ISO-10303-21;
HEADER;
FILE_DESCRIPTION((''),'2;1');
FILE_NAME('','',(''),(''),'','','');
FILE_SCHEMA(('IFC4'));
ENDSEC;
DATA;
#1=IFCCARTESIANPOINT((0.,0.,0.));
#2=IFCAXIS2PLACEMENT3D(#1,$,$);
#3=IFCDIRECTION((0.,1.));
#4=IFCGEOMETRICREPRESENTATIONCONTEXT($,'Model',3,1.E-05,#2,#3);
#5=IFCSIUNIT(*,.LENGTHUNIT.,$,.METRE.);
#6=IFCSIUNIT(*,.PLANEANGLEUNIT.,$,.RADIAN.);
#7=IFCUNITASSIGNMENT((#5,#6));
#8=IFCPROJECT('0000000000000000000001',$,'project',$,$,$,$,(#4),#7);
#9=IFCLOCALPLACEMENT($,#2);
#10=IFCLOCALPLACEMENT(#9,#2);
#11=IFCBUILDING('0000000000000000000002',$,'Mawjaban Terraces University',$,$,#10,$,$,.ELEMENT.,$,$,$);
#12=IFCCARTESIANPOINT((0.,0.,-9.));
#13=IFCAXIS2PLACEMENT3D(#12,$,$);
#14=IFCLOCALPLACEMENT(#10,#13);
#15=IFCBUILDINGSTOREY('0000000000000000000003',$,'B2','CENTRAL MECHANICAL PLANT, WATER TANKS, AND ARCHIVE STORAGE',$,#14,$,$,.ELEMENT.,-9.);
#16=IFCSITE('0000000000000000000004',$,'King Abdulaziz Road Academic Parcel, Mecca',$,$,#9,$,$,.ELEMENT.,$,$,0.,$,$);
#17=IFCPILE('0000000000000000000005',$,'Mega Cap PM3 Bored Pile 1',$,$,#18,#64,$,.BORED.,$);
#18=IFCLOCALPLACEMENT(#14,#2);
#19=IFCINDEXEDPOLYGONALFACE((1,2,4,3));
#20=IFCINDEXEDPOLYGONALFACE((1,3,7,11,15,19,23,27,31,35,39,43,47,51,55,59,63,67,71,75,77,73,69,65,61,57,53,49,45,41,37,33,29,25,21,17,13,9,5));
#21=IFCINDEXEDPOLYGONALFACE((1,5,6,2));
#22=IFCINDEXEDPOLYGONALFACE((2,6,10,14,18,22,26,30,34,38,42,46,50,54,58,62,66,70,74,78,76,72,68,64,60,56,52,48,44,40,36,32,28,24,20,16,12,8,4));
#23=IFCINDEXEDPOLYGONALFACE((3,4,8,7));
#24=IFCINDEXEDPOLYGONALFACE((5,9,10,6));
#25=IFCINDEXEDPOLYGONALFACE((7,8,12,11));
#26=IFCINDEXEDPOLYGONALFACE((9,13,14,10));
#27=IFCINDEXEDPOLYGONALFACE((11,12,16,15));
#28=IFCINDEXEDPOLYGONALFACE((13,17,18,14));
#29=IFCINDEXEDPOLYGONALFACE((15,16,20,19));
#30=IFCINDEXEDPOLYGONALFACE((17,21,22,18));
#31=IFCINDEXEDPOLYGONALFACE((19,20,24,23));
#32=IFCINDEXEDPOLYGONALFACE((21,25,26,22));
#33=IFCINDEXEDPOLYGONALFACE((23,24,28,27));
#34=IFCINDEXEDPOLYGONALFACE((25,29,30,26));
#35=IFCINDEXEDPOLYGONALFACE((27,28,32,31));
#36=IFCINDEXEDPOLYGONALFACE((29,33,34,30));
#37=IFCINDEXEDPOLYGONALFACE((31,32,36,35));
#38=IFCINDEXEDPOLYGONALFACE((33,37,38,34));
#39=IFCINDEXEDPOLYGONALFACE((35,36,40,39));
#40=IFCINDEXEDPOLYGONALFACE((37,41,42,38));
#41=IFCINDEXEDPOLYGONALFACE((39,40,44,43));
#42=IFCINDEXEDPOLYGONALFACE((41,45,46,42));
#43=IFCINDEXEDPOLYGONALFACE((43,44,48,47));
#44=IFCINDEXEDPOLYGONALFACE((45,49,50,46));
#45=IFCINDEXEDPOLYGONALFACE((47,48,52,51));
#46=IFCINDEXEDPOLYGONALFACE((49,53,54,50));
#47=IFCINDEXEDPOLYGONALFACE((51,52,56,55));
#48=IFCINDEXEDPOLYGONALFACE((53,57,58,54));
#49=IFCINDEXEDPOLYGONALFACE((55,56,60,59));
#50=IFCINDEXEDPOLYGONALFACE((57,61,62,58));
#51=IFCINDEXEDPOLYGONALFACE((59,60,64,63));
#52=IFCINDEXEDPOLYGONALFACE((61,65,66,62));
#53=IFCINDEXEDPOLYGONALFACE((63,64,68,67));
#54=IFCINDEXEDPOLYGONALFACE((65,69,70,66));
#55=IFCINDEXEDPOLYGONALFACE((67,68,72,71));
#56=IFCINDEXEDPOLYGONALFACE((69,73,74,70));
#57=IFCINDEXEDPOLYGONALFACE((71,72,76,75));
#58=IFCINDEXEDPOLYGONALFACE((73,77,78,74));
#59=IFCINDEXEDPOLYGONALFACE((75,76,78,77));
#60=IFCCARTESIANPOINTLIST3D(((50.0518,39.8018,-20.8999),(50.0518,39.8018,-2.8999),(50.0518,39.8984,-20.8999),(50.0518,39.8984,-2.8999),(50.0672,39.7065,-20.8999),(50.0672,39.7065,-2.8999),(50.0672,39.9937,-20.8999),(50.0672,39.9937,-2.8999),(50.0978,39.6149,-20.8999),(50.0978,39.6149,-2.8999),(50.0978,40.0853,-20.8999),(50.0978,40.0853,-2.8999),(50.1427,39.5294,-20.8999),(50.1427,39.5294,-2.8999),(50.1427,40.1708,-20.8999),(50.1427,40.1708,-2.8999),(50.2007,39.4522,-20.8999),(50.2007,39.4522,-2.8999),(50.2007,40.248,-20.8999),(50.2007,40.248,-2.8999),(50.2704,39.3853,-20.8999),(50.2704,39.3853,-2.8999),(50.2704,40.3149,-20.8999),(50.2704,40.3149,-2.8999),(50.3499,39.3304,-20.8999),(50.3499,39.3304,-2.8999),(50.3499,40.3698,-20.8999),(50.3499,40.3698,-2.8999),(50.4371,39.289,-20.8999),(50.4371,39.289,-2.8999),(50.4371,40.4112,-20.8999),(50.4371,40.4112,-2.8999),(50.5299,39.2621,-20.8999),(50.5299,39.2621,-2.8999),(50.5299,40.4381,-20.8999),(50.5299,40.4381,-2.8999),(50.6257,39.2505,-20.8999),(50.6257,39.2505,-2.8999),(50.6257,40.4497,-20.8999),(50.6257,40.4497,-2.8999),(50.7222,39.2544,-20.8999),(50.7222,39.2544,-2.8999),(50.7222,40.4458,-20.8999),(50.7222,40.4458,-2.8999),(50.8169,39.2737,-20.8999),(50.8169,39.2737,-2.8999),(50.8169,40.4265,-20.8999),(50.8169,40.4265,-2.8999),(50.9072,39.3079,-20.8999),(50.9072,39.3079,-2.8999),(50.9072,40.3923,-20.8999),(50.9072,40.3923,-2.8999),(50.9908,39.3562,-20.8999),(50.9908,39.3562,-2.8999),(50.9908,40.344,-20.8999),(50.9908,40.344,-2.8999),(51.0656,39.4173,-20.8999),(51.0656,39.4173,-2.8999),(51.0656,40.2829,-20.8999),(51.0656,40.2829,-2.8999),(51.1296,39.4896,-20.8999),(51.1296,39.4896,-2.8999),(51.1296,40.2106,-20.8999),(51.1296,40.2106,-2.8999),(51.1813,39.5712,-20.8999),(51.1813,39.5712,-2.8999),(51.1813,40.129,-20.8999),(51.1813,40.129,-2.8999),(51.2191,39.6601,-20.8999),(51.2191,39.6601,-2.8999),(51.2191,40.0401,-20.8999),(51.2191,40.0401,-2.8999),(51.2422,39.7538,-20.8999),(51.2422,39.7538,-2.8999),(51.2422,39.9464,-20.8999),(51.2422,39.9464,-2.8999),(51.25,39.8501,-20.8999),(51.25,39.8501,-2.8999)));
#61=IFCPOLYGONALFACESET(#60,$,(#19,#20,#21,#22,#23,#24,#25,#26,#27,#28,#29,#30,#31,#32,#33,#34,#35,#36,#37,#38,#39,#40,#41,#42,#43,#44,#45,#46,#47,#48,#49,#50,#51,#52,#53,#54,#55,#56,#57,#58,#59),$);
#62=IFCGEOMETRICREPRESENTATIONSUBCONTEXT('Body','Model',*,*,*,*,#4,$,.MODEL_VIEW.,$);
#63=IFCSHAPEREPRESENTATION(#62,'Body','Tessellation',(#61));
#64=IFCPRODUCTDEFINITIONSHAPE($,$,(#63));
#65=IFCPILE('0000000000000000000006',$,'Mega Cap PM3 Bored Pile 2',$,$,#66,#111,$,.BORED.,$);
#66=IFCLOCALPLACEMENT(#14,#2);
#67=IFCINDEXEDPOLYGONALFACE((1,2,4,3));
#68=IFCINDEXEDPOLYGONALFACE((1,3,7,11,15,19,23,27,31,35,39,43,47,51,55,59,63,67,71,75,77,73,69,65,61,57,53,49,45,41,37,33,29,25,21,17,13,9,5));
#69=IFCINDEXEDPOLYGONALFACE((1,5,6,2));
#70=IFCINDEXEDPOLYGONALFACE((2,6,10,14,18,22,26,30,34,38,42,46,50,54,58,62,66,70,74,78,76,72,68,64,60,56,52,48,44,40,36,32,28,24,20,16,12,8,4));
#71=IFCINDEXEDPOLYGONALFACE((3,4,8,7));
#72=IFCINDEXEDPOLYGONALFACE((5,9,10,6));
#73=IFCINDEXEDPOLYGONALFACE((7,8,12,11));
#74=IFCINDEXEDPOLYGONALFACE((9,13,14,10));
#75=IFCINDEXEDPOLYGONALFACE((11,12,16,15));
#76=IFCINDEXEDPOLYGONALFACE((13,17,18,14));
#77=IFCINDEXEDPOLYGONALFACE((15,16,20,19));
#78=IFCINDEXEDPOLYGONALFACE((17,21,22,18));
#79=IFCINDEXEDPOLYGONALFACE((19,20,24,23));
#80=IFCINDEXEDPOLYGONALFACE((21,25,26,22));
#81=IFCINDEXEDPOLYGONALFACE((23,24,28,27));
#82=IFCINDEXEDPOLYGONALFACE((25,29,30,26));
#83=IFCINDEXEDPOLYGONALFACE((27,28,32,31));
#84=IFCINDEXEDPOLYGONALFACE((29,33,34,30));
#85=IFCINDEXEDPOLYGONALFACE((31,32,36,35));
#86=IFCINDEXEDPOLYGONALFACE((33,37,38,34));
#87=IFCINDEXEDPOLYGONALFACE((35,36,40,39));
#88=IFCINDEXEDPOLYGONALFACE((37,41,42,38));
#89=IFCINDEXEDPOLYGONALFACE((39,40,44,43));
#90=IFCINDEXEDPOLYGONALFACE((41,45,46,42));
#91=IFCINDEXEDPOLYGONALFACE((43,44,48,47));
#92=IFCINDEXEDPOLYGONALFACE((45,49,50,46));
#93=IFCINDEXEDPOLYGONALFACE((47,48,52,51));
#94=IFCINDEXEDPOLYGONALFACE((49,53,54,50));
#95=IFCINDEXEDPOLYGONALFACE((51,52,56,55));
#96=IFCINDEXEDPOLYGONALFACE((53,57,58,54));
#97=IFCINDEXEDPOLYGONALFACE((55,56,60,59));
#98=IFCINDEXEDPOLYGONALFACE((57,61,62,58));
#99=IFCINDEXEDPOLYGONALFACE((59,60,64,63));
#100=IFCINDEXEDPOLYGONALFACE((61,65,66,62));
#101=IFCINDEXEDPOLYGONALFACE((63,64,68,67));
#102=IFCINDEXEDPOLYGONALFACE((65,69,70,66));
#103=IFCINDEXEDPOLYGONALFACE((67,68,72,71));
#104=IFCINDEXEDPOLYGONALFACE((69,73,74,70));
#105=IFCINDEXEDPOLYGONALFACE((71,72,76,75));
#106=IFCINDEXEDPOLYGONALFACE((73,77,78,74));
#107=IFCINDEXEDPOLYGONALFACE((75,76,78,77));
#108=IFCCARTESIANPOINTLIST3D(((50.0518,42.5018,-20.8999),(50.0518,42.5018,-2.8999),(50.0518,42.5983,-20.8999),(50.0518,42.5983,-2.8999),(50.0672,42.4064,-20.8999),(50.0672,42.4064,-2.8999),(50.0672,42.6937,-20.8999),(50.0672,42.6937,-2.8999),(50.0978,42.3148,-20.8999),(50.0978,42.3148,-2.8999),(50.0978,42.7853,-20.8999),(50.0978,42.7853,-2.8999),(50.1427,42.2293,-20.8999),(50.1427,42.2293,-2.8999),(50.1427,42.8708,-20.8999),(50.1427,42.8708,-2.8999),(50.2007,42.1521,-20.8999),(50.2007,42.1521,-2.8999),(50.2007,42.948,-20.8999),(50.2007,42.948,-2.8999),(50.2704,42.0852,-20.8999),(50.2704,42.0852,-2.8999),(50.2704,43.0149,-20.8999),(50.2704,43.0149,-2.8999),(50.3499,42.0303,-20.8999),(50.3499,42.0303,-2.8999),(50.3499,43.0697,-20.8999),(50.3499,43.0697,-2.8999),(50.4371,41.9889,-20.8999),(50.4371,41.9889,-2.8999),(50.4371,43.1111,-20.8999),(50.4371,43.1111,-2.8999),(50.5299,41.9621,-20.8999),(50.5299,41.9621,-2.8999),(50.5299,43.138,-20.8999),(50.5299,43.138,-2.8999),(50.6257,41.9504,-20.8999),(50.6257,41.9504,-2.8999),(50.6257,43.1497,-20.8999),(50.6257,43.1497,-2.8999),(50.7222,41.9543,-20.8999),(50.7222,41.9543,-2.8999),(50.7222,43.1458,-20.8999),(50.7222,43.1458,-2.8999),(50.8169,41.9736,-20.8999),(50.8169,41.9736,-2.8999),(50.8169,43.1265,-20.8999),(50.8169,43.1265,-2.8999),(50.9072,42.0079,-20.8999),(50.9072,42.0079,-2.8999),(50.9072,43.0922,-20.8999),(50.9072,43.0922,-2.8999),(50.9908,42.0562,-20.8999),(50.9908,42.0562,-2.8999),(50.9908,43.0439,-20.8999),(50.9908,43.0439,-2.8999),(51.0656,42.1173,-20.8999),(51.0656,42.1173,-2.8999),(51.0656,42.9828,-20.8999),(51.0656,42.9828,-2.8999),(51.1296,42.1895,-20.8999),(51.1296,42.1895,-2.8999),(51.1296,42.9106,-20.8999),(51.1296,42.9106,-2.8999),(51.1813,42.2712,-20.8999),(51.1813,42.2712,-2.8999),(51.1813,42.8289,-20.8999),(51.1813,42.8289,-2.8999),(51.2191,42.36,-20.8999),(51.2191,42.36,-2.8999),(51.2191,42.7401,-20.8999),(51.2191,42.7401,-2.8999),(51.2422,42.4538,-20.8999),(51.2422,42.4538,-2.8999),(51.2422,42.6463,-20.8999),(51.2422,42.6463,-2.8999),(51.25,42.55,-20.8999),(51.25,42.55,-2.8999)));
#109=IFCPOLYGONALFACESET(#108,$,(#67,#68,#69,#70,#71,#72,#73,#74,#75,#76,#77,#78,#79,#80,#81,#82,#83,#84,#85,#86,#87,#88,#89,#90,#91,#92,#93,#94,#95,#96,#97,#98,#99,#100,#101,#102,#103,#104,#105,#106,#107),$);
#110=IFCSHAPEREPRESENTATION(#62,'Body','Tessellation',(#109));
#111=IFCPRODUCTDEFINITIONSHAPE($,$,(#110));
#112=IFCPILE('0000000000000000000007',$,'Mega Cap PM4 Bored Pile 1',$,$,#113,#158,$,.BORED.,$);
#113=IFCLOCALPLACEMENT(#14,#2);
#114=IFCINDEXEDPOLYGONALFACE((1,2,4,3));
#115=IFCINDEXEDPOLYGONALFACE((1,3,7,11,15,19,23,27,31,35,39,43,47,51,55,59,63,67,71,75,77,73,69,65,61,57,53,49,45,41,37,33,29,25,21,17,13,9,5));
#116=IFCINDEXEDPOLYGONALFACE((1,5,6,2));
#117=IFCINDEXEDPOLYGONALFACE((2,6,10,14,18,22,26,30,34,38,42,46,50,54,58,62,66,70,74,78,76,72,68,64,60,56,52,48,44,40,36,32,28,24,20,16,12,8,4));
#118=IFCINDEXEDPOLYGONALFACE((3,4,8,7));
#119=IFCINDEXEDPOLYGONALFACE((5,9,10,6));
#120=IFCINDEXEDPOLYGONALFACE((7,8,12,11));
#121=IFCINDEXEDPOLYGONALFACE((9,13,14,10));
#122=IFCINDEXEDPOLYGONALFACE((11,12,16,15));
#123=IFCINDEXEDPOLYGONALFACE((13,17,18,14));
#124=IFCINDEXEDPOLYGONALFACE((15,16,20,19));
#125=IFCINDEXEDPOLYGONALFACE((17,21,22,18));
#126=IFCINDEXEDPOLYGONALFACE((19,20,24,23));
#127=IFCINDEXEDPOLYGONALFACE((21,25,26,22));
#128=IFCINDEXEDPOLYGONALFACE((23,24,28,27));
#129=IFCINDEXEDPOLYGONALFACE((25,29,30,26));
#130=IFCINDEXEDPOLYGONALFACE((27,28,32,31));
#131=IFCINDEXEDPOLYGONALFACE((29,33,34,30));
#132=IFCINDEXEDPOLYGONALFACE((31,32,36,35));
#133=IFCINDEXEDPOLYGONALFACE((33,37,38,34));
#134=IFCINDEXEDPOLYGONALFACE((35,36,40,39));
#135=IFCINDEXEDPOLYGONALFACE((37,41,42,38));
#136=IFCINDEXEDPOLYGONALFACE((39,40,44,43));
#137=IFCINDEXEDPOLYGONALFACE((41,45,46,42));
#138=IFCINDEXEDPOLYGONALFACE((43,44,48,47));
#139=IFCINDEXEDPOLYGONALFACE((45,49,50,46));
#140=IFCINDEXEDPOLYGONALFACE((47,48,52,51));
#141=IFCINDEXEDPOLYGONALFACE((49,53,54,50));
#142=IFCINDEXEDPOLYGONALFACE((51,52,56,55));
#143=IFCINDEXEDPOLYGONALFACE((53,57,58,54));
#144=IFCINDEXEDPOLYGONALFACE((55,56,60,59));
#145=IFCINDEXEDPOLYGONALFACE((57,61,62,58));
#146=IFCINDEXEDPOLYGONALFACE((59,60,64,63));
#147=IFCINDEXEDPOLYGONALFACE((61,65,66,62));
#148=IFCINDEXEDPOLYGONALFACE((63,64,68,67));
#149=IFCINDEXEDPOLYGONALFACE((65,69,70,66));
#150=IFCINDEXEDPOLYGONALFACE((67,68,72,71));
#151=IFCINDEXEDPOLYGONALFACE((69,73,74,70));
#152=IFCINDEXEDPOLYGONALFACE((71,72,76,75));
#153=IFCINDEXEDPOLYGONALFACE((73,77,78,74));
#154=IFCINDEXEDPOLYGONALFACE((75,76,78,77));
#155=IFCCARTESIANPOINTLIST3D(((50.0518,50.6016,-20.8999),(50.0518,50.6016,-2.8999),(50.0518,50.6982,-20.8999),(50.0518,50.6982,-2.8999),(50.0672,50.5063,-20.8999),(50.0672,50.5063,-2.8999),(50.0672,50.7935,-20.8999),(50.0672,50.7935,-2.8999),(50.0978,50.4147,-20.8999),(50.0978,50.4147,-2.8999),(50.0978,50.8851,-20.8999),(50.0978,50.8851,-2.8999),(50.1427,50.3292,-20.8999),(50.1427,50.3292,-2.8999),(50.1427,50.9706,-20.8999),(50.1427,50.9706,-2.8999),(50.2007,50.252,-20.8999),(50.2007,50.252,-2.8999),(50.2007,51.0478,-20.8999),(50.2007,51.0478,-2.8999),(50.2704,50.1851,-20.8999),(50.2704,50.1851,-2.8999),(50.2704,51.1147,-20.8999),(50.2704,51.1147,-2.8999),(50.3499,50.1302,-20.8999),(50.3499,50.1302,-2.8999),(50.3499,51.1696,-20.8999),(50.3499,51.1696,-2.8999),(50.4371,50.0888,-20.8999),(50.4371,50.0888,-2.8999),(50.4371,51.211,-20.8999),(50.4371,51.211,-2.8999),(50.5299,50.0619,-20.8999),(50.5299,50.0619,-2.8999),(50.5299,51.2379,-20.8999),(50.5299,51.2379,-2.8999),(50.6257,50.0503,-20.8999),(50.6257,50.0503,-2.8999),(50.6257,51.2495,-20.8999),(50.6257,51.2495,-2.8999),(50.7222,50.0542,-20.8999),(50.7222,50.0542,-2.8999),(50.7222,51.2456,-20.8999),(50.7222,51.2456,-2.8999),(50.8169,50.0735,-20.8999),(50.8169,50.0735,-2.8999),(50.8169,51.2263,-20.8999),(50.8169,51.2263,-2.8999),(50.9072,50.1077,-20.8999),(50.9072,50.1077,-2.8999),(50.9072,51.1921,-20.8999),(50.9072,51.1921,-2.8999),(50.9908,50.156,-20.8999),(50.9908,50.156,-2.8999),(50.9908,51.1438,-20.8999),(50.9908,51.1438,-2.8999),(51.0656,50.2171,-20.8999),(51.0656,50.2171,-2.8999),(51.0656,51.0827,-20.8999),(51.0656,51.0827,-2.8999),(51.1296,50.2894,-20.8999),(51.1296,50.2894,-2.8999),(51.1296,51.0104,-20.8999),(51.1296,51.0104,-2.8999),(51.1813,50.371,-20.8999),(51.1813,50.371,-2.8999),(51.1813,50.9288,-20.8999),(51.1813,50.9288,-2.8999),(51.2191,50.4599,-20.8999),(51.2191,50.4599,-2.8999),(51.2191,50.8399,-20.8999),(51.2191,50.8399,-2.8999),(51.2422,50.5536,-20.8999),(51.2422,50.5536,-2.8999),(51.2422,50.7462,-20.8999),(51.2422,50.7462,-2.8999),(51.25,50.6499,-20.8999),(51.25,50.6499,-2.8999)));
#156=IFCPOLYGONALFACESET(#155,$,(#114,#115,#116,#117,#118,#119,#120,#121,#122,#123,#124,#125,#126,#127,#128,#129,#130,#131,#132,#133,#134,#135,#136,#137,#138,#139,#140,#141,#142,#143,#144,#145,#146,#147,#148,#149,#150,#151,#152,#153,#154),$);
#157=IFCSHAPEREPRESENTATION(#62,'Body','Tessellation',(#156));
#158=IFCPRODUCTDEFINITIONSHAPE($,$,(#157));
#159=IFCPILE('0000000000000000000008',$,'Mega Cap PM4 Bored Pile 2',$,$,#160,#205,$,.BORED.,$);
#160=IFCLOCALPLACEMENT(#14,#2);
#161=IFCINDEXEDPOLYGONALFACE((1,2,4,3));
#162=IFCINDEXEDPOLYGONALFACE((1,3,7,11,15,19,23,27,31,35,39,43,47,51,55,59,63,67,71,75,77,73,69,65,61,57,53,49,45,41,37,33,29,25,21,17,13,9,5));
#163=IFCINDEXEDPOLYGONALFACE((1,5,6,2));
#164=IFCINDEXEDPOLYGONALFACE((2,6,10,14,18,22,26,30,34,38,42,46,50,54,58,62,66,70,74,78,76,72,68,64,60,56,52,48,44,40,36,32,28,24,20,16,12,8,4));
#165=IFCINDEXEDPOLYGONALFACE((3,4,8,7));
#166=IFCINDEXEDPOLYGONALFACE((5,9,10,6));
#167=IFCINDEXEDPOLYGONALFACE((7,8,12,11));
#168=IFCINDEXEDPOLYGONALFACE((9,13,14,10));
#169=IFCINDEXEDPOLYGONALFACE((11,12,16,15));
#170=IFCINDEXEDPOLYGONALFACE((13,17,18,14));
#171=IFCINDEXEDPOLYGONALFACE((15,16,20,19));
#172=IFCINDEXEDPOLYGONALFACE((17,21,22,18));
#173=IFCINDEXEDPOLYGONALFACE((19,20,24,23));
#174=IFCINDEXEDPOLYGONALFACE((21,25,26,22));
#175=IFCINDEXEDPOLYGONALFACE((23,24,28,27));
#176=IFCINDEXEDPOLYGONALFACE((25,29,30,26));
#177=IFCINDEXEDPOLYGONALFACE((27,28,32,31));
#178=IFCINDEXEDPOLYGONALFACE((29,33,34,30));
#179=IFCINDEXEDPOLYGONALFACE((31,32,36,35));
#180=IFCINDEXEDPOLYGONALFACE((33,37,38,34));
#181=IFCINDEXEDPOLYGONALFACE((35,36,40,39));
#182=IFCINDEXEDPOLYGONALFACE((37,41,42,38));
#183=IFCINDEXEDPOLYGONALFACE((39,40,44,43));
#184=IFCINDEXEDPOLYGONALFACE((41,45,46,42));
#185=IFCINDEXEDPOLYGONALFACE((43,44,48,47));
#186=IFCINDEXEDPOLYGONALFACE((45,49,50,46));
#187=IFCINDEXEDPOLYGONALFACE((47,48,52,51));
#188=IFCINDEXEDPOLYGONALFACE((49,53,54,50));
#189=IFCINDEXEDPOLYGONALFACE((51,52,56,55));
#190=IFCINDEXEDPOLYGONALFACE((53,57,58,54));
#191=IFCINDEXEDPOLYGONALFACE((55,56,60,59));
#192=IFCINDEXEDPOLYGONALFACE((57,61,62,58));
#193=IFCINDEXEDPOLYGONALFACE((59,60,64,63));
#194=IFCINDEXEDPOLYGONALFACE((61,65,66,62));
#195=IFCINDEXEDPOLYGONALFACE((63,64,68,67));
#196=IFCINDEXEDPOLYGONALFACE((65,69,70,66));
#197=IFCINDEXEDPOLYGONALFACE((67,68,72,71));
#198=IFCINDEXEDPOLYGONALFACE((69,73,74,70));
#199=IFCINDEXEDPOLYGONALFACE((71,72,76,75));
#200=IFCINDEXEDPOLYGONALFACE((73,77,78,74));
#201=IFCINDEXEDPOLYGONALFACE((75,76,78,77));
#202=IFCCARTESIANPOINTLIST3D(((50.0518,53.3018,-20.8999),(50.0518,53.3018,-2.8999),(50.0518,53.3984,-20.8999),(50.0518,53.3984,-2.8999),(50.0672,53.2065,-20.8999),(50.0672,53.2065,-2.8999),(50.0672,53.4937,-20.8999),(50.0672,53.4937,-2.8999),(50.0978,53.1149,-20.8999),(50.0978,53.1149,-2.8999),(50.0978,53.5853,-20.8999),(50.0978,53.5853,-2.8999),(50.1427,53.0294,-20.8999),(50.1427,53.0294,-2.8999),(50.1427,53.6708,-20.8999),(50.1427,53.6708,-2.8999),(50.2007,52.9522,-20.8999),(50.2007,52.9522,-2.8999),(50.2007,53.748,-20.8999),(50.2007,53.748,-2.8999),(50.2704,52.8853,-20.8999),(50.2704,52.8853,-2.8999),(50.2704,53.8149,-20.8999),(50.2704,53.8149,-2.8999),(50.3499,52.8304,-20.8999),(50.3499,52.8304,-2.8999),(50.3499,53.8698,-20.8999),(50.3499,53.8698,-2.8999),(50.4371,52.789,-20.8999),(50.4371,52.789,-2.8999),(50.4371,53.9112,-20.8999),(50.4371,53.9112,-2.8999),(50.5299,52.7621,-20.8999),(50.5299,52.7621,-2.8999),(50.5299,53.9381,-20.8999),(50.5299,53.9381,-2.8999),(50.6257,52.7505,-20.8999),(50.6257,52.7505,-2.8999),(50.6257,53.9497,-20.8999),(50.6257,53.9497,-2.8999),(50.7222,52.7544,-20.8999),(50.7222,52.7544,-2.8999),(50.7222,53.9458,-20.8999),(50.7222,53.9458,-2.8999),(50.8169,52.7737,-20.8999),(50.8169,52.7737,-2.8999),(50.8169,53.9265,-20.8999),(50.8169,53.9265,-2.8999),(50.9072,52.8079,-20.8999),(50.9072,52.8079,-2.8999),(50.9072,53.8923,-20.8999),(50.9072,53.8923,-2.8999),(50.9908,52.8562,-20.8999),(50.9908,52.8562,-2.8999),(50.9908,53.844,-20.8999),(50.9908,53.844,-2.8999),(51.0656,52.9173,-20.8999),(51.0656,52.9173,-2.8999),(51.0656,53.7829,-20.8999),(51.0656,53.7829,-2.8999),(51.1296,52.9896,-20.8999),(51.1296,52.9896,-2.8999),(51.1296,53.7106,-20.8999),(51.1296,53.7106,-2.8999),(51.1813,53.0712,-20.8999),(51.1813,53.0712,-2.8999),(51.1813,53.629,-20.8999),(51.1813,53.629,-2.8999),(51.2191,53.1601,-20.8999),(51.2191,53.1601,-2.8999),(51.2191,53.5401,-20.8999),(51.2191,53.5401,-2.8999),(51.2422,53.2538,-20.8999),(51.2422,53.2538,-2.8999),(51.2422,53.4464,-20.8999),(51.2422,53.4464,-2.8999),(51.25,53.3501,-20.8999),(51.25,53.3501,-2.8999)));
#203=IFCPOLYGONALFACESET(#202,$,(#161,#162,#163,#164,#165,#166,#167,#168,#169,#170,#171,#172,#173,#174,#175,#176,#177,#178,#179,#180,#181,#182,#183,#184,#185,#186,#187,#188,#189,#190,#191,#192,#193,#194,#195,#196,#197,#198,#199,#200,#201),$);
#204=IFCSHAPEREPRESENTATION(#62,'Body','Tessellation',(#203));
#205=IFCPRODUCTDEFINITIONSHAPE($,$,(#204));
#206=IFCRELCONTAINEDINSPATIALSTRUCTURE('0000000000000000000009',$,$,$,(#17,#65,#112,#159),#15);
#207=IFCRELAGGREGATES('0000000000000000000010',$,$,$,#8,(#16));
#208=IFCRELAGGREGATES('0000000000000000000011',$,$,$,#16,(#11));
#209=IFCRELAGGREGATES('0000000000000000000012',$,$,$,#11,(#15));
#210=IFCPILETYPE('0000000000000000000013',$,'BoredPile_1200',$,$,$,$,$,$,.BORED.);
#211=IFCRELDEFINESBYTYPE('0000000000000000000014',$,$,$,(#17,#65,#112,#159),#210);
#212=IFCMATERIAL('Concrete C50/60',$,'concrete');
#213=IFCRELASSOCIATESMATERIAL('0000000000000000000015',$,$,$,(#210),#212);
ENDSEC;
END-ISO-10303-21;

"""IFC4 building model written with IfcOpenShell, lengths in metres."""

from ifc_helpers import new_model, si_unit, direction, frame, origin, origin_2d, place, context, subcontext, project, spatial, circle, extrude, material, material_profile, profile_set, type_object, element, save


model = new_model("IFC4")

# Units and contexts
model_context = context("Model", 3, precision=1e-05, world=origin(), true_north=direction((0.0, 1.0)))
body_context = subcontext(model_context, "Body", "Model", "MODEL_VIEW")
ifc_project = project(units=[si_unit("LENGTHUNIT", "METRE"), si_unit("PLANEANGLEUNIT", "RADIAN")], contexts=[model_context])

# Site, building, storey
site_placement = place(None, origin())
site = spatial("IfcSite", under=ifc_project, at=site_placement, Name="King Abdulaziz Road Academic Parcel, Mecca", CompositionType="ELEMENT", RefElevation=0.0)
building_placement = place(site_placement, origin())
building = spatial("IfcBuilding", under=site, at=building_placement, Name="Mawjaban Terraces University", CompositionType="ELEMENT")
storey_placement = place(building_placement, frame((0.0, 0.0, -9.0)))
storey = spatial("IfcBuildingStorey", under=building, at=storey_placement, Name="B2", Description="CENTRAL MECHANICAL PLANT, WATER TANKS, AND ARCHIVE STORAGE", CompositionType="ELEMENT", Elevation=-9.0)

# Piles
ifc_material_1 = material(Name="Concrete C50/60", Category="concrete")
ifc_material_profile_1 = material_profile(ifc_material_1, circle(Radius=0.6001, at=origin_2d()), Name="PILE1200")
ifc_profile_set_1 = profile_set([ifc_material_profile_1], Name="Concrete C50/60")
pile_type = type_object("IfcPileType", Name="BoredPile_1200", PredefinedType="BORED", material=ifc_profile_set_1)
for number, where, z_axis, x_axis, name in (
    (1, (50.6499, 39.8501, -2.8999), (0.0, 0.0, -1.0), (1.0, 0.0, 0.0), "Mega Cap PM3 Bored Pile 1"),
    (2, (50.6499, 42.55, -2.8999), (0.0, 0.0, -1.0), (1.0, 0.0, 0.0), "Mega Cap PM3 Bored Pile 2"),
    (3, (50.6499, 50.6499, -2.8999), (0.0, 0.0, -1.0), (1.0, 0.0, 0.0), "Mega Cap PM4 Bored Pile 1"),
    (4, (50.6499, 53.3501, -2.8999), (0.0, 0.0, -1.0), (1.0, 0.0, 0.0), "Mega Cap PM4 Bored Pile 2"),
):
    element("IfcPile", number, at=place(storey_placement, frame(where, z_axis=z_axis, x_axis=x_axis)), inside=storey, type_object=pile_type, Name=name, PredefinedType="BORED", context=body_context, shape_type="SweptSolid", body=[
        extrude(circle(Radius=0.6001, at=origin_2d()), origin(), (0.0, 0.0, 1.0), 18.0),
    ])

save(model, "model.ifc")
